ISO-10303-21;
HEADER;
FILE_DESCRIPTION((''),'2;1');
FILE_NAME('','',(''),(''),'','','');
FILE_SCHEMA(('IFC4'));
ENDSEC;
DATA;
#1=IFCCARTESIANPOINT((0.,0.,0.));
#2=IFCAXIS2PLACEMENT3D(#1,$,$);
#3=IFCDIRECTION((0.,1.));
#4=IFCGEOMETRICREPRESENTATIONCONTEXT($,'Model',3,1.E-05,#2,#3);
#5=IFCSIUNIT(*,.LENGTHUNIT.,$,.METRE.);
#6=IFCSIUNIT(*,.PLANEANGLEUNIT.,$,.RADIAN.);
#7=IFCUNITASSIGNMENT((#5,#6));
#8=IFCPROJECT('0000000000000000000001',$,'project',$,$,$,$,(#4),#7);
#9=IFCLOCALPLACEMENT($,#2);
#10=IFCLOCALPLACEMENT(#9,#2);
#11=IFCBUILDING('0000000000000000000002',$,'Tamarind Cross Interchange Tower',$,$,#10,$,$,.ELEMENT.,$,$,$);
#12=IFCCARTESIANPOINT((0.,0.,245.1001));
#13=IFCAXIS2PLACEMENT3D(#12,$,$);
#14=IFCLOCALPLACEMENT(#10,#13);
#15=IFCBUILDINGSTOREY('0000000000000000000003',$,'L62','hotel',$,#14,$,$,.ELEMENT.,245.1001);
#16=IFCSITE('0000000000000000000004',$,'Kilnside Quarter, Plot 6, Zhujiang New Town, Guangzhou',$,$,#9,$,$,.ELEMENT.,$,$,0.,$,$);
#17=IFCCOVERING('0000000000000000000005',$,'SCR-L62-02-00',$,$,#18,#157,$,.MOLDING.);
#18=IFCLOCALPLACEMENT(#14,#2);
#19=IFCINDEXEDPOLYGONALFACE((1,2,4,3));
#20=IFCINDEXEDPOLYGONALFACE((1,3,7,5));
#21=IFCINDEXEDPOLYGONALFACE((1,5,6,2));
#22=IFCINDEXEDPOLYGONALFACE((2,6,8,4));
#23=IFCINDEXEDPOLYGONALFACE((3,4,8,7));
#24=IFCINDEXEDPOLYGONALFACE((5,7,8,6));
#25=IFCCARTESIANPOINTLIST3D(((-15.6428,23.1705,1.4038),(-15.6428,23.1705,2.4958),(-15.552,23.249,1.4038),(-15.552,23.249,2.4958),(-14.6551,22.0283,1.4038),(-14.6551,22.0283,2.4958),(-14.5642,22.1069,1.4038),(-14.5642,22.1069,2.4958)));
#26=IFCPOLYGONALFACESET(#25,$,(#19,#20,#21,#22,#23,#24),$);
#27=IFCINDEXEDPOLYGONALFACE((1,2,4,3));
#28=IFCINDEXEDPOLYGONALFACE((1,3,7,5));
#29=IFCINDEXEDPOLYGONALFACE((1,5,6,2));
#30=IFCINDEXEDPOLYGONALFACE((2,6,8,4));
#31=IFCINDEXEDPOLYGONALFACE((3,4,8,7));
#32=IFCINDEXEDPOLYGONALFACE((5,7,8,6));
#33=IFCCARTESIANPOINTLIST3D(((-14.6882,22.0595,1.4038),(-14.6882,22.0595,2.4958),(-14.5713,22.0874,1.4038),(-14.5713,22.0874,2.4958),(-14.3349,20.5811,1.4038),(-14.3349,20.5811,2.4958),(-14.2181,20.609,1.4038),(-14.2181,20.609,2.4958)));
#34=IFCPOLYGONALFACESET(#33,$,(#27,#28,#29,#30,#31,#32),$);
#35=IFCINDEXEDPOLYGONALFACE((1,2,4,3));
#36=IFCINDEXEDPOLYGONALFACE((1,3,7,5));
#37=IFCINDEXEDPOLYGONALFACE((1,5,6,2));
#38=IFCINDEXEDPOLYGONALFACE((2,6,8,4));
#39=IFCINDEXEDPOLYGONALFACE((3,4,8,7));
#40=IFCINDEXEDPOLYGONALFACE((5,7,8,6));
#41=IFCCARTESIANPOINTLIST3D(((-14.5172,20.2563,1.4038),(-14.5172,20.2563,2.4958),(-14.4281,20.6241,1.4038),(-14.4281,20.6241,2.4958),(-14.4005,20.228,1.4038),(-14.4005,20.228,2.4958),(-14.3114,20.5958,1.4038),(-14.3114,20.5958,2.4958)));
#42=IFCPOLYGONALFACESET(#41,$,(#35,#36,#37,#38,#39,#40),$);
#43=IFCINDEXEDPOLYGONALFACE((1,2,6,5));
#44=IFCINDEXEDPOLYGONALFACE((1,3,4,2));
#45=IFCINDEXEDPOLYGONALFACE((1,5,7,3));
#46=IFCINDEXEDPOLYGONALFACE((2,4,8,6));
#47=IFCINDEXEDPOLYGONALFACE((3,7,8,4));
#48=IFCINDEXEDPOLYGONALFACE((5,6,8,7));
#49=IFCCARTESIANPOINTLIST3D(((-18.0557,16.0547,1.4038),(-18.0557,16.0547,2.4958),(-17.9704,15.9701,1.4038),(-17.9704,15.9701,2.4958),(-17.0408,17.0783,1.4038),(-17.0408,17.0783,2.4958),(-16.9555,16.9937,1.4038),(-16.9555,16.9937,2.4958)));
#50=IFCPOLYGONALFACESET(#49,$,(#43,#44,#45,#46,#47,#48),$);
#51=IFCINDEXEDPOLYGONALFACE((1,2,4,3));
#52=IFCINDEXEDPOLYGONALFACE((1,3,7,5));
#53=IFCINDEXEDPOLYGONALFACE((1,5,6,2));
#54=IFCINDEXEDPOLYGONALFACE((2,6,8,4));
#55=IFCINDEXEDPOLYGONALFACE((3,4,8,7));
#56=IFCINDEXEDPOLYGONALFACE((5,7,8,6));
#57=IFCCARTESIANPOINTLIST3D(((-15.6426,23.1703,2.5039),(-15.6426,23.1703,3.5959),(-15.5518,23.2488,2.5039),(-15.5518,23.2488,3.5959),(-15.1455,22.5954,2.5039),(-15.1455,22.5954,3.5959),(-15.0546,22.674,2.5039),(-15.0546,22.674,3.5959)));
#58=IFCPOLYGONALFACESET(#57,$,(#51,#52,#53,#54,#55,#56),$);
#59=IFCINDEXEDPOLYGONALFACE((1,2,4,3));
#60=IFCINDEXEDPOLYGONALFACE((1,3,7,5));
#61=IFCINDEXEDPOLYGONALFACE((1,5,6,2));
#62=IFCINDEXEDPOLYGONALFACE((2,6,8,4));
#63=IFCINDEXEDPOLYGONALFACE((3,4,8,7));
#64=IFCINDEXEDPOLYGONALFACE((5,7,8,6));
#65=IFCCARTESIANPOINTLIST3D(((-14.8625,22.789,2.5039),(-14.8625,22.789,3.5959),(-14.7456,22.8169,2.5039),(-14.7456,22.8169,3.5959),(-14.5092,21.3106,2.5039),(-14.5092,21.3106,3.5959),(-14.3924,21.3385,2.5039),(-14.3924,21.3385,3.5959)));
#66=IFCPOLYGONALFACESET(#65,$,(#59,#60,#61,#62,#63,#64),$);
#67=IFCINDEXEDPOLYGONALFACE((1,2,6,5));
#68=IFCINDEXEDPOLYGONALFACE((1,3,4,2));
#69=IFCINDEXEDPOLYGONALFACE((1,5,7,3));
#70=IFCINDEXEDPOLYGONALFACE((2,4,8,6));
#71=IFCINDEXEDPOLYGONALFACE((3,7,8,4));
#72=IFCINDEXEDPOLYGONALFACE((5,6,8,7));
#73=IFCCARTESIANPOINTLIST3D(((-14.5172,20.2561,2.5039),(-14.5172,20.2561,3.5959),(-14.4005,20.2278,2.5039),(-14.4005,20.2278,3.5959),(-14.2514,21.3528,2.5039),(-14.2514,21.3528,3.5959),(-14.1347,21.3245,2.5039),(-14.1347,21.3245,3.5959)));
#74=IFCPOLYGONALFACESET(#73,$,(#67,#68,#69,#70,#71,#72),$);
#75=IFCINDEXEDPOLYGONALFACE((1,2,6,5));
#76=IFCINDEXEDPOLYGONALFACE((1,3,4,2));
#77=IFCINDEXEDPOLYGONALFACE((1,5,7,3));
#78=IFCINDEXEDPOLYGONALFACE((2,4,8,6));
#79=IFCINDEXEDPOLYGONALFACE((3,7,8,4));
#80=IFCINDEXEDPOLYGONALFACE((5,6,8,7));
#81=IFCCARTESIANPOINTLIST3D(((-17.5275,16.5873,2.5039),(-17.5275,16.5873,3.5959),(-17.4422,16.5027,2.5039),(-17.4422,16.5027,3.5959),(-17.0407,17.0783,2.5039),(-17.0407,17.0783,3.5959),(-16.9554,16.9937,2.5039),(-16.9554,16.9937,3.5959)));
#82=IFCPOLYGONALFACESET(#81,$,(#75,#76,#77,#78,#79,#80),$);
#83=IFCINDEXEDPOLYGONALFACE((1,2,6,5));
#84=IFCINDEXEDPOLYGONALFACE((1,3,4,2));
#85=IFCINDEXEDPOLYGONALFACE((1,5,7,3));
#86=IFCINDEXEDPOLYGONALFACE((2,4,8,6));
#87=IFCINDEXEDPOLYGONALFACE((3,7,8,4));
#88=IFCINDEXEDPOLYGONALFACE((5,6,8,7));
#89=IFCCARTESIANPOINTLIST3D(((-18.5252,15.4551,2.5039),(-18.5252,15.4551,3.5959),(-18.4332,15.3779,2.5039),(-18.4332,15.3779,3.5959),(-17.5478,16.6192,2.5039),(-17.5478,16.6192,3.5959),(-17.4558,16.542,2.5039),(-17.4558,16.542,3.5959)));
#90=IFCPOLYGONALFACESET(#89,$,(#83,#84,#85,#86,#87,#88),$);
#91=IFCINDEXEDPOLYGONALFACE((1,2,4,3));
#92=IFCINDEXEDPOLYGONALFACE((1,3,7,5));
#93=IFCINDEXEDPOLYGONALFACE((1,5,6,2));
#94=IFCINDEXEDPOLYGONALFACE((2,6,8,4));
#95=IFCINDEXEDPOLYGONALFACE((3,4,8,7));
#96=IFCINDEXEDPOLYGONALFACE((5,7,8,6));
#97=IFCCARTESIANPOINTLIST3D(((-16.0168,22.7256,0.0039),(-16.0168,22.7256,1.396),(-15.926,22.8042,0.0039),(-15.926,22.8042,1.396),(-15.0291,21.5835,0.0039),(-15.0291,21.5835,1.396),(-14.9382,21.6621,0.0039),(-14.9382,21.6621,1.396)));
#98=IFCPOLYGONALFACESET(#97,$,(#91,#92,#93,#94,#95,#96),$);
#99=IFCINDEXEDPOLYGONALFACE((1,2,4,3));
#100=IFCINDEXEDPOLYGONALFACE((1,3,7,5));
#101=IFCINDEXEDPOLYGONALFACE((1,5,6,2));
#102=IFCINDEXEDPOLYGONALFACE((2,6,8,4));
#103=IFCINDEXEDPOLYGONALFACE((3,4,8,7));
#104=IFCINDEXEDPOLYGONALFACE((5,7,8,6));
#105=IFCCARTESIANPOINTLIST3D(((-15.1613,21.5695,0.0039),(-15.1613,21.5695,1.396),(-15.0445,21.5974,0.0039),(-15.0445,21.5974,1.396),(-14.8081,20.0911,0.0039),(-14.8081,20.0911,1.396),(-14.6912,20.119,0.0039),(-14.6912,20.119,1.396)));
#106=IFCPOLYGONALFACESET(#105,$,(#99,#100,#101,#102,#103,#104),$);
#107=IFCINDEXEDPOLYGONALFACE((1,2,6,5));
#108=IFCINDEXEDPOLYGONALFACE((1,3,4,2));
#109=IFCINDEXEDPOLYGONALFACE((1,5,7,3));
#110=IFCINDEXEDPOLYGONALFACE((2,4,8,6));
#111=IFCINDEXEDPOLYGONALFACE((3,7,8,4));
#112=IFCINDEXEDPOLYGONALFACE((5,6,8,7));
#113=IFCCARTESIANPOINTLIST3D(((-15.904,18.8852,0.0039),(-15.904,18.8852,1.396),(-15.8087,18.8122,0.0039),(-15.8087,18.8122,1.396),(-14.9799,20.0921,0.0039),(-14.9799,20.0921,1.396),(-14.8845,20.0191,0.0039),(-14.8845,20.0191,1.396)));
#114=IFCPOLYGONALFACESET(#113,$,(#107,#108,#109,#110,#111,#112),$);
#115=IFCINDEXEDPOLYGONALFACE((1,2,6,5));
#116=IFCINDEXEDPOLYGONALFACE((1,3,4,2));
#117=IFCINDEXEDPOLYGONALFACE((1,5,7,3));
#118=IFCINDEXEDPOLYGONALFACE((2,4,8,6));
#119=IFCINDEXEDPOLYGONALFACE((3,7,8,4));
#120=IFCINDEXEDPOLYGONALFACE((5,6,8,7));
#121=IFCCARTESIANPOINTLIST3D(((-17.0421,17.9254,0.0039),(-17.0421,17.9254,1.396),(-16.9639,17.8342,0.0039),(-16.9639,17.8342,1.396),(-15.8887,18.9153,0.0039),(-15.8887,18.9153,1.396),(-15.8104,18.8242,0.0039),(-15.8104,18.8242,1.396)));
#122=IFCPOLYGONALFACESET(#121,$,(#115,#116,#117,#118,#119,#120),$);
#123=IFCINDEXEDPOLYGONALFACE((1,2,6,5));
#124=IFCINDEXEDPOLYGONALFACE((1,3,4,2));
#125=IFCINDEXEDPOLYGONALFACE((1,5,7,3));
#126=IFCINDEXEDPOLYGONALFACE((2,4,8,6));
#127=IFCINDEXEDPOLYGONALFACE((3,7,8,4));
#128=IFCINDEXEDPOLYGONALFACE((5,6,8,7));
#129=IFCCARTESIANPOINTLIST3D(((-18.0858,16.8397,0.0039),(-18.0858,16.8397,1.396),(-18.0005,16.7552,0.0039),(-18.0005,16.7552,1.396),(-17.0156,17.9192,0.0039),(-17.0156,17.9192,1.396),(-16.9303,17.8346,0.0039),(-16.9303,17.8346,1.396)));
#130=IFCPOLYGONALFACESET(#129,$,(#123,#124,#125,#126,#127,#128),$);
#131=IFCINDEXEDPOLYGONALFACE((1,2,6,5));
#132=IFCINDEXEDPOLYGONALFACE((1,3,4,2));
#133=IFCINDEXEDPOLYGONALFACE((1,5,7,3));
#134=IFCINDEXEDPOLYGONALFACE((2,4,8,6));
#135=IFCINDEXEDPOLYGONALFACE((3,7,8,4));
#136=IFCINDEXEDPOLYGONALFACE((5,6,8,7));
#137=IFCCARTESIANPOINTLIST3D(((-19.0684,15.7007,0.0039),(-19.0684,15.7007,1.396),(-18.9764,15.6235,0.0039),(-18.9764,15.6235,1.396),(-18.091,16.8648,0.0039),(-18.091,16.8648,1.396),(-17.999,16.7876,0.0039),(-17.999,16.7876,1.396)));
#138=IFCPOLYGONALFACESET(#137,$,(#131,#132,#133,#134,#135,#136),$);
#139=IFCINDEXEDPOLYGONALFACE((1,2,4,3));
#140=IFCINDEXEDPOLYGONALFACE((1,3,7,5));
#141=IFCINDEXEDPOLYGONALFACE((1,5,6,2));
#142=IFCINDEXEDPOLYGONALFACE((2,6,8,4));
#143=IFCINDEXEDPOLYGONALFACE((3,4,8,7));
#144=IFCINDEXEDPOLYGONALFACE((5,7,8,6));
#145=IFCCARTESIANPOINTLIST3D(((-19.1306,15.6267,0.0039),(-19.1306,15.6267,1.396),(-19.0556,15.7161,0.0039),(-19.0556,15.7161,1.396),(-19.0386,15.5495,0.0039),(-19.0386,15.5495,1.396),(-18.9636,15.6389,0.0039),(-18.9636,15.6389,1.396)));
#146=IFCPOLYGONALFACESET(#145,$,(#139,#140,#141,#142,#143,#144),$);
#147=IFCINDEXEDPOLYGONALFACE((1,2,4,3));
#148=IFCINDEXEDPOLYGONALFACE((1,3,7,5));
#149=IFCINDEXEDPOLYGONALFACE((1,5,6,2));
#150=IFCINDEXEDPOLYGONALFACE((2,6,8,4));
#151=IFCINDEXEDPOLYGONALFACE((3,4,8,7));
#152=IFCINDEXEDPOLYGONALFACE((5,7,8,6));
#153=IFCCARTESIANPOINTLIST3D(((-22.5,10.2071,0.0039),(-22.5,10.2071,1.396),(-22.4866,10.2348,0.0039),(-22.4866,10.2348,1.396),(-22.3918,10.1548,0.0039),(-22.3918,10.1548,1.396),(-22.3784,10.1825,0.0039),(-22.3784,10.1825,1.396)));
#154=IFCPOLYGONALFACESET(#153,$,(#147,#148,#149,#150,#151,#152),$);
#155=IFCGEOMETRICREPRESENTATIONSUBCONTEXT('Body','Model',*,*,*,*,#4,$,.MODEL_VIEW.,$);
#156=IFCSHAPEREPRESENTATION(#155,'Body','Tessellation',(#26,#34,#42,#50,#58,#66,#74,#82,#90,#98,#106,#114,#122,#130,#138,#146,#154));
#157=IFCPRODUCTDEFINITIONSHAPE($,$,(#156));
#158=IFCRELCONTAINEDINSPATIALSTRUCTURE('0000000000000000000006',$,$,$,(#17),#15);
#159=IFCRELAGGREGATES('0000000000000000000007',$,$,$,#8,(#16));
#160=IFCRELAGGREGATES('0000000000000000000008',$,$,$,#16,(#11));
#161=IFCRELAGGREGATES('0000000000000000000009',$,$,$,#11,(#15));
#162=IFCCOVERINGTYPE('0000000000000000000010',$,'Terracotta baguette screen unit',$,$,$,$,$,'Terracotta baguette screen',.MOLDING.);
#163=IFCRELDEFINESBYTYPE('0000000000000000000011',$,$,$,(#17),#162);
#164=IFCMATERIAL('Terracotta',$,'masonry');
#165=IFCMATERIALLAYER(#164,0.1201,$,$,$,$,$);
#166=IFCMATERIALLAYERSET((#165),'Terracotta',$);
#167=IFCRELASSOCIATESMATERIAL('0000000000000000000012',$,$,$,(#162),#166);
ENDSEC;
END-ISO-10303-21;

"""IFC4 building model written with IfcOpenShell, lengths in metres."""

from ifc_helpers import new_model, si_unit, direction, frame, origin, origin_2d, place, context, subcontext, project, spatial, rectangle, extrude, material, layer, layer_set, type_object, element, save


model = new_model("IFC4")

# Units and contexts
model_context = context("Model", 3, precision=1e-05, world=origin(), true_north=direction((0.0, 1.0)))
body_context = subcontext(model_context, "Body", "Model", "MODEL_VIEW")
ifc_project = project(units=[si_unit("LENGTHUNIT", "METRE"), si_unit("PLANEANGLEUNIT", "RADIAN")], contexts=[model_context])

# Site, building, storey
site_placement = place(None, origin())
site = spatial("IfcSite", under=ifc_project, at=site_placement, Name="Kilnside Quarter, Plot 6, Zhujiang New Town, Guangzhou", CompositionType="ELEMENT", RefElevation=0.0)
building_placement = place(site_placement, origin())
building = spatial("IfcBuilding", under=site, at=building_placement, Name="Tamarind Cross Interchange Tower", CompositionType="ELEMENT")
storey_placement = place(building_placement, frame((0.0, 0.0, 245.1001)))
storey = spatial("IfcBuildingStorey", under=building, at=storey_placement, Name="L62", Description="hotel", CompositionType="ELEMENT", Elevation=245.1001)

# Covering
ifc_material_1 = material(Name="Terracotta", Category="masonry")
ifc_layer_1 = layer(ifc_material_1, 0.1201)
ifc_layer_set_1 = layer_set([ifc_layer_1], Name="Terracotta")
covering_type = type_object("IfcCoveringType", Name="Terracotta baguette screen unit", ElementType="Terracotta baguette screen", PredefinedType="MOLDING", material=ifc_layer_set_1)
covering_1_placement = place(storey_placement, origin())
element("IfcCovering", 1, at=covering_1_placement, inside=storey, type_object=covering_type, Name="SCR-L62-02-00", PredefinedType="MOLDING", context=body_context, shape_type="SweptSolid", body=[
    extrude(rectangle(XDim=1.51, YDim=0.1201, at=origin_2d()), frame((-15.1035, 22.6387, 1.4038), z_axis=(0.0, 0.0, 1.0), x_axis=(0.654129, -0.756383, 0.0)), (0.0, 0.0, 1.0), 1.092),
    extrude(rectangle(XDim=1.52, YDim=0.1201, at=origin_2d()), frame((-14.4531, 21.3342, 1.4038), z_axis=(0.0, 0.0, 1.0), x_axis=(0.23238, -0.972625, 0.0)), (0.0, 0.0, 1.0), 1.092),
    extrude(rectangle(XDim=0.3784, YDim=0.1201, at=origin_2d()), frame((-14.4143, 20.426, 1.4038), z_axis=(0.0, 0.0, 1.0), x_axis=(-0.235552, -0.971862, 0.0)), (0.0, 0.0, 1.0), 1.092),
    extrude(rectangle(XDim=1.4414, YDim=0.1201, at=origin_2d()), frame((-17.5056, 16.5242, 1.4038), z_axis=(0.0, 0.0, 1.0), x_axis=(-0.704057, -0.710143, 0.0)), (0.0, 0.0, 1.0), 1.092),
    extrude(rectangle(XDim=0.76, YDim=0.1201, at=origin_2d()), frame((-15.3486, 22.9221, 2.5039), z_axis=(0.0, 0.0, 1.0), x_axis=(0.654129, -0.756383, 0.0)), (0.0, 0.0, 1.0), 1.092),
    extrude(rectangle(XDim=1.52, YDim=0.1201, at=origin_2d()), frame((-14.6274, 22.0637, 2.5039), z_axis=(0.0, 0.0, 1.0), x_axis=(0.23238, -0.972625, 0.0)), (0.0, 0.0, 1.0), 1.092),
    extrude(rectangle(XDim=1.1284, YDim=0.1201, at=origin_2d()), frame((-14.3259, 20.7903, 2.5039), z_axis=(0.0, 0.0, 1.0), x_axis=(-0.235552, -0.971862, 0.0)), (0.0, 0.0, 1.0), 1.092),
    extrude(rectangle(XDim=0.6914, YDim=0.1201, at=origin_2d()), frame((-17.2415, 16.7905, 2.5039), z_axis=(0.0, 0.0, 1.0), x_axis=(-0.704057, -0.710143, 0.0)), (0.0, 0.0, 1.0), 1.092),
    extrude(rectangle(XDim=1.52, YDim=0.1201, at=origin_2d()), frame((-17.9905, 15.9985, 2.5039), z_axis=(0.0, 0.0, 1.0), x_axis=(-0.643009, -0.765858, 0.0)), (0.0, 0.0, 1.0), 1.092),
    extrude(rectangle(XDim=1.51, YDim=0.1201, at=origin_2d()), frame((-15.4775, 22.1938, 0.0039), z_axis=(0.0, 0.0, 1.0), x_axis=(0.654129, -0.756383, 0.0)), (0.0, 0.0, 1.0), 1.3921),
    extrude(rectangle(XDim=1.52, YDim=0.1201, at=origin_2d()), frame((-14.9263, 20.8442, 0.0039), z_axis=(0.0, 0.0, 1.0), x_axis=(0.23238, -0.972625, 0.0)), (0.0, 0.0, 1.0), 1.3921),
    extrude(rectangle(XDim=1.52, YDim=0.1201, at=origin_2d()), frame((-15.3943, 19.4521, 0.0039), z_axis=(0.0, 0.0, 1.0), x_axis=(-0.607966, -0.793963, 0.0)), (0.0, 0.0, 1.0), 1.3921),
    extrude(rectangle(XDim=1.52, YDim=0.1201, at=origin_2d()), frame((-16.4263, 18.3748, 0.0039), z_axis=(0.0, 0.0, 1.0), x_axis=(-0.758844, -0.651273, 0.0)), (0.0, 0.0, 1.0), 1.3921),
    extrude(rectangle(XDim=1.52, YDim=0.1201, at=origin_2d()), frame((-17.5081, 17.3372, 0.0039), z_axis=(0.0, 0.0, 1.0), x_axis=(-0.704057, -0.710143, 0.0)), (0.0, 0.0, 1.0), 1.3921),
    extrude(rectangle(XDim=1.52, YDim=0.1201, at=origin_2d()), frame((-18.5337, 16.2441, 0.0039), z_axis=(0.0, 0.0, 1.0), x_axis=(-0.643009, -0.765858, 0.0)), (0.0, 0.0, 1.0), 1.3921),
    extrude(rectangle(XDim=0.1167, YDim=0.1201, at=origin_2d()), frame((-19.0471, 15.6328, 0.0039), z_axis=(0.0, 0.0, 1.0), x_axis=(-0.643009, -0.765858, 0.0)), (0.0, 0.0, 1.0), 1.3921),
    extrude(rectangle(XDim=0.0308, YDim=0.1201, at=origin_2d()), frame((-22.4392, 10.1948, 0.0039), z_axis=(0.0, 0.0, 1.0), x_axis=(-0.435326, -0.900273, 0.0)), (0.0, 0.0, 1.0), 1.3921),
])

save(model, "model.ifc")
